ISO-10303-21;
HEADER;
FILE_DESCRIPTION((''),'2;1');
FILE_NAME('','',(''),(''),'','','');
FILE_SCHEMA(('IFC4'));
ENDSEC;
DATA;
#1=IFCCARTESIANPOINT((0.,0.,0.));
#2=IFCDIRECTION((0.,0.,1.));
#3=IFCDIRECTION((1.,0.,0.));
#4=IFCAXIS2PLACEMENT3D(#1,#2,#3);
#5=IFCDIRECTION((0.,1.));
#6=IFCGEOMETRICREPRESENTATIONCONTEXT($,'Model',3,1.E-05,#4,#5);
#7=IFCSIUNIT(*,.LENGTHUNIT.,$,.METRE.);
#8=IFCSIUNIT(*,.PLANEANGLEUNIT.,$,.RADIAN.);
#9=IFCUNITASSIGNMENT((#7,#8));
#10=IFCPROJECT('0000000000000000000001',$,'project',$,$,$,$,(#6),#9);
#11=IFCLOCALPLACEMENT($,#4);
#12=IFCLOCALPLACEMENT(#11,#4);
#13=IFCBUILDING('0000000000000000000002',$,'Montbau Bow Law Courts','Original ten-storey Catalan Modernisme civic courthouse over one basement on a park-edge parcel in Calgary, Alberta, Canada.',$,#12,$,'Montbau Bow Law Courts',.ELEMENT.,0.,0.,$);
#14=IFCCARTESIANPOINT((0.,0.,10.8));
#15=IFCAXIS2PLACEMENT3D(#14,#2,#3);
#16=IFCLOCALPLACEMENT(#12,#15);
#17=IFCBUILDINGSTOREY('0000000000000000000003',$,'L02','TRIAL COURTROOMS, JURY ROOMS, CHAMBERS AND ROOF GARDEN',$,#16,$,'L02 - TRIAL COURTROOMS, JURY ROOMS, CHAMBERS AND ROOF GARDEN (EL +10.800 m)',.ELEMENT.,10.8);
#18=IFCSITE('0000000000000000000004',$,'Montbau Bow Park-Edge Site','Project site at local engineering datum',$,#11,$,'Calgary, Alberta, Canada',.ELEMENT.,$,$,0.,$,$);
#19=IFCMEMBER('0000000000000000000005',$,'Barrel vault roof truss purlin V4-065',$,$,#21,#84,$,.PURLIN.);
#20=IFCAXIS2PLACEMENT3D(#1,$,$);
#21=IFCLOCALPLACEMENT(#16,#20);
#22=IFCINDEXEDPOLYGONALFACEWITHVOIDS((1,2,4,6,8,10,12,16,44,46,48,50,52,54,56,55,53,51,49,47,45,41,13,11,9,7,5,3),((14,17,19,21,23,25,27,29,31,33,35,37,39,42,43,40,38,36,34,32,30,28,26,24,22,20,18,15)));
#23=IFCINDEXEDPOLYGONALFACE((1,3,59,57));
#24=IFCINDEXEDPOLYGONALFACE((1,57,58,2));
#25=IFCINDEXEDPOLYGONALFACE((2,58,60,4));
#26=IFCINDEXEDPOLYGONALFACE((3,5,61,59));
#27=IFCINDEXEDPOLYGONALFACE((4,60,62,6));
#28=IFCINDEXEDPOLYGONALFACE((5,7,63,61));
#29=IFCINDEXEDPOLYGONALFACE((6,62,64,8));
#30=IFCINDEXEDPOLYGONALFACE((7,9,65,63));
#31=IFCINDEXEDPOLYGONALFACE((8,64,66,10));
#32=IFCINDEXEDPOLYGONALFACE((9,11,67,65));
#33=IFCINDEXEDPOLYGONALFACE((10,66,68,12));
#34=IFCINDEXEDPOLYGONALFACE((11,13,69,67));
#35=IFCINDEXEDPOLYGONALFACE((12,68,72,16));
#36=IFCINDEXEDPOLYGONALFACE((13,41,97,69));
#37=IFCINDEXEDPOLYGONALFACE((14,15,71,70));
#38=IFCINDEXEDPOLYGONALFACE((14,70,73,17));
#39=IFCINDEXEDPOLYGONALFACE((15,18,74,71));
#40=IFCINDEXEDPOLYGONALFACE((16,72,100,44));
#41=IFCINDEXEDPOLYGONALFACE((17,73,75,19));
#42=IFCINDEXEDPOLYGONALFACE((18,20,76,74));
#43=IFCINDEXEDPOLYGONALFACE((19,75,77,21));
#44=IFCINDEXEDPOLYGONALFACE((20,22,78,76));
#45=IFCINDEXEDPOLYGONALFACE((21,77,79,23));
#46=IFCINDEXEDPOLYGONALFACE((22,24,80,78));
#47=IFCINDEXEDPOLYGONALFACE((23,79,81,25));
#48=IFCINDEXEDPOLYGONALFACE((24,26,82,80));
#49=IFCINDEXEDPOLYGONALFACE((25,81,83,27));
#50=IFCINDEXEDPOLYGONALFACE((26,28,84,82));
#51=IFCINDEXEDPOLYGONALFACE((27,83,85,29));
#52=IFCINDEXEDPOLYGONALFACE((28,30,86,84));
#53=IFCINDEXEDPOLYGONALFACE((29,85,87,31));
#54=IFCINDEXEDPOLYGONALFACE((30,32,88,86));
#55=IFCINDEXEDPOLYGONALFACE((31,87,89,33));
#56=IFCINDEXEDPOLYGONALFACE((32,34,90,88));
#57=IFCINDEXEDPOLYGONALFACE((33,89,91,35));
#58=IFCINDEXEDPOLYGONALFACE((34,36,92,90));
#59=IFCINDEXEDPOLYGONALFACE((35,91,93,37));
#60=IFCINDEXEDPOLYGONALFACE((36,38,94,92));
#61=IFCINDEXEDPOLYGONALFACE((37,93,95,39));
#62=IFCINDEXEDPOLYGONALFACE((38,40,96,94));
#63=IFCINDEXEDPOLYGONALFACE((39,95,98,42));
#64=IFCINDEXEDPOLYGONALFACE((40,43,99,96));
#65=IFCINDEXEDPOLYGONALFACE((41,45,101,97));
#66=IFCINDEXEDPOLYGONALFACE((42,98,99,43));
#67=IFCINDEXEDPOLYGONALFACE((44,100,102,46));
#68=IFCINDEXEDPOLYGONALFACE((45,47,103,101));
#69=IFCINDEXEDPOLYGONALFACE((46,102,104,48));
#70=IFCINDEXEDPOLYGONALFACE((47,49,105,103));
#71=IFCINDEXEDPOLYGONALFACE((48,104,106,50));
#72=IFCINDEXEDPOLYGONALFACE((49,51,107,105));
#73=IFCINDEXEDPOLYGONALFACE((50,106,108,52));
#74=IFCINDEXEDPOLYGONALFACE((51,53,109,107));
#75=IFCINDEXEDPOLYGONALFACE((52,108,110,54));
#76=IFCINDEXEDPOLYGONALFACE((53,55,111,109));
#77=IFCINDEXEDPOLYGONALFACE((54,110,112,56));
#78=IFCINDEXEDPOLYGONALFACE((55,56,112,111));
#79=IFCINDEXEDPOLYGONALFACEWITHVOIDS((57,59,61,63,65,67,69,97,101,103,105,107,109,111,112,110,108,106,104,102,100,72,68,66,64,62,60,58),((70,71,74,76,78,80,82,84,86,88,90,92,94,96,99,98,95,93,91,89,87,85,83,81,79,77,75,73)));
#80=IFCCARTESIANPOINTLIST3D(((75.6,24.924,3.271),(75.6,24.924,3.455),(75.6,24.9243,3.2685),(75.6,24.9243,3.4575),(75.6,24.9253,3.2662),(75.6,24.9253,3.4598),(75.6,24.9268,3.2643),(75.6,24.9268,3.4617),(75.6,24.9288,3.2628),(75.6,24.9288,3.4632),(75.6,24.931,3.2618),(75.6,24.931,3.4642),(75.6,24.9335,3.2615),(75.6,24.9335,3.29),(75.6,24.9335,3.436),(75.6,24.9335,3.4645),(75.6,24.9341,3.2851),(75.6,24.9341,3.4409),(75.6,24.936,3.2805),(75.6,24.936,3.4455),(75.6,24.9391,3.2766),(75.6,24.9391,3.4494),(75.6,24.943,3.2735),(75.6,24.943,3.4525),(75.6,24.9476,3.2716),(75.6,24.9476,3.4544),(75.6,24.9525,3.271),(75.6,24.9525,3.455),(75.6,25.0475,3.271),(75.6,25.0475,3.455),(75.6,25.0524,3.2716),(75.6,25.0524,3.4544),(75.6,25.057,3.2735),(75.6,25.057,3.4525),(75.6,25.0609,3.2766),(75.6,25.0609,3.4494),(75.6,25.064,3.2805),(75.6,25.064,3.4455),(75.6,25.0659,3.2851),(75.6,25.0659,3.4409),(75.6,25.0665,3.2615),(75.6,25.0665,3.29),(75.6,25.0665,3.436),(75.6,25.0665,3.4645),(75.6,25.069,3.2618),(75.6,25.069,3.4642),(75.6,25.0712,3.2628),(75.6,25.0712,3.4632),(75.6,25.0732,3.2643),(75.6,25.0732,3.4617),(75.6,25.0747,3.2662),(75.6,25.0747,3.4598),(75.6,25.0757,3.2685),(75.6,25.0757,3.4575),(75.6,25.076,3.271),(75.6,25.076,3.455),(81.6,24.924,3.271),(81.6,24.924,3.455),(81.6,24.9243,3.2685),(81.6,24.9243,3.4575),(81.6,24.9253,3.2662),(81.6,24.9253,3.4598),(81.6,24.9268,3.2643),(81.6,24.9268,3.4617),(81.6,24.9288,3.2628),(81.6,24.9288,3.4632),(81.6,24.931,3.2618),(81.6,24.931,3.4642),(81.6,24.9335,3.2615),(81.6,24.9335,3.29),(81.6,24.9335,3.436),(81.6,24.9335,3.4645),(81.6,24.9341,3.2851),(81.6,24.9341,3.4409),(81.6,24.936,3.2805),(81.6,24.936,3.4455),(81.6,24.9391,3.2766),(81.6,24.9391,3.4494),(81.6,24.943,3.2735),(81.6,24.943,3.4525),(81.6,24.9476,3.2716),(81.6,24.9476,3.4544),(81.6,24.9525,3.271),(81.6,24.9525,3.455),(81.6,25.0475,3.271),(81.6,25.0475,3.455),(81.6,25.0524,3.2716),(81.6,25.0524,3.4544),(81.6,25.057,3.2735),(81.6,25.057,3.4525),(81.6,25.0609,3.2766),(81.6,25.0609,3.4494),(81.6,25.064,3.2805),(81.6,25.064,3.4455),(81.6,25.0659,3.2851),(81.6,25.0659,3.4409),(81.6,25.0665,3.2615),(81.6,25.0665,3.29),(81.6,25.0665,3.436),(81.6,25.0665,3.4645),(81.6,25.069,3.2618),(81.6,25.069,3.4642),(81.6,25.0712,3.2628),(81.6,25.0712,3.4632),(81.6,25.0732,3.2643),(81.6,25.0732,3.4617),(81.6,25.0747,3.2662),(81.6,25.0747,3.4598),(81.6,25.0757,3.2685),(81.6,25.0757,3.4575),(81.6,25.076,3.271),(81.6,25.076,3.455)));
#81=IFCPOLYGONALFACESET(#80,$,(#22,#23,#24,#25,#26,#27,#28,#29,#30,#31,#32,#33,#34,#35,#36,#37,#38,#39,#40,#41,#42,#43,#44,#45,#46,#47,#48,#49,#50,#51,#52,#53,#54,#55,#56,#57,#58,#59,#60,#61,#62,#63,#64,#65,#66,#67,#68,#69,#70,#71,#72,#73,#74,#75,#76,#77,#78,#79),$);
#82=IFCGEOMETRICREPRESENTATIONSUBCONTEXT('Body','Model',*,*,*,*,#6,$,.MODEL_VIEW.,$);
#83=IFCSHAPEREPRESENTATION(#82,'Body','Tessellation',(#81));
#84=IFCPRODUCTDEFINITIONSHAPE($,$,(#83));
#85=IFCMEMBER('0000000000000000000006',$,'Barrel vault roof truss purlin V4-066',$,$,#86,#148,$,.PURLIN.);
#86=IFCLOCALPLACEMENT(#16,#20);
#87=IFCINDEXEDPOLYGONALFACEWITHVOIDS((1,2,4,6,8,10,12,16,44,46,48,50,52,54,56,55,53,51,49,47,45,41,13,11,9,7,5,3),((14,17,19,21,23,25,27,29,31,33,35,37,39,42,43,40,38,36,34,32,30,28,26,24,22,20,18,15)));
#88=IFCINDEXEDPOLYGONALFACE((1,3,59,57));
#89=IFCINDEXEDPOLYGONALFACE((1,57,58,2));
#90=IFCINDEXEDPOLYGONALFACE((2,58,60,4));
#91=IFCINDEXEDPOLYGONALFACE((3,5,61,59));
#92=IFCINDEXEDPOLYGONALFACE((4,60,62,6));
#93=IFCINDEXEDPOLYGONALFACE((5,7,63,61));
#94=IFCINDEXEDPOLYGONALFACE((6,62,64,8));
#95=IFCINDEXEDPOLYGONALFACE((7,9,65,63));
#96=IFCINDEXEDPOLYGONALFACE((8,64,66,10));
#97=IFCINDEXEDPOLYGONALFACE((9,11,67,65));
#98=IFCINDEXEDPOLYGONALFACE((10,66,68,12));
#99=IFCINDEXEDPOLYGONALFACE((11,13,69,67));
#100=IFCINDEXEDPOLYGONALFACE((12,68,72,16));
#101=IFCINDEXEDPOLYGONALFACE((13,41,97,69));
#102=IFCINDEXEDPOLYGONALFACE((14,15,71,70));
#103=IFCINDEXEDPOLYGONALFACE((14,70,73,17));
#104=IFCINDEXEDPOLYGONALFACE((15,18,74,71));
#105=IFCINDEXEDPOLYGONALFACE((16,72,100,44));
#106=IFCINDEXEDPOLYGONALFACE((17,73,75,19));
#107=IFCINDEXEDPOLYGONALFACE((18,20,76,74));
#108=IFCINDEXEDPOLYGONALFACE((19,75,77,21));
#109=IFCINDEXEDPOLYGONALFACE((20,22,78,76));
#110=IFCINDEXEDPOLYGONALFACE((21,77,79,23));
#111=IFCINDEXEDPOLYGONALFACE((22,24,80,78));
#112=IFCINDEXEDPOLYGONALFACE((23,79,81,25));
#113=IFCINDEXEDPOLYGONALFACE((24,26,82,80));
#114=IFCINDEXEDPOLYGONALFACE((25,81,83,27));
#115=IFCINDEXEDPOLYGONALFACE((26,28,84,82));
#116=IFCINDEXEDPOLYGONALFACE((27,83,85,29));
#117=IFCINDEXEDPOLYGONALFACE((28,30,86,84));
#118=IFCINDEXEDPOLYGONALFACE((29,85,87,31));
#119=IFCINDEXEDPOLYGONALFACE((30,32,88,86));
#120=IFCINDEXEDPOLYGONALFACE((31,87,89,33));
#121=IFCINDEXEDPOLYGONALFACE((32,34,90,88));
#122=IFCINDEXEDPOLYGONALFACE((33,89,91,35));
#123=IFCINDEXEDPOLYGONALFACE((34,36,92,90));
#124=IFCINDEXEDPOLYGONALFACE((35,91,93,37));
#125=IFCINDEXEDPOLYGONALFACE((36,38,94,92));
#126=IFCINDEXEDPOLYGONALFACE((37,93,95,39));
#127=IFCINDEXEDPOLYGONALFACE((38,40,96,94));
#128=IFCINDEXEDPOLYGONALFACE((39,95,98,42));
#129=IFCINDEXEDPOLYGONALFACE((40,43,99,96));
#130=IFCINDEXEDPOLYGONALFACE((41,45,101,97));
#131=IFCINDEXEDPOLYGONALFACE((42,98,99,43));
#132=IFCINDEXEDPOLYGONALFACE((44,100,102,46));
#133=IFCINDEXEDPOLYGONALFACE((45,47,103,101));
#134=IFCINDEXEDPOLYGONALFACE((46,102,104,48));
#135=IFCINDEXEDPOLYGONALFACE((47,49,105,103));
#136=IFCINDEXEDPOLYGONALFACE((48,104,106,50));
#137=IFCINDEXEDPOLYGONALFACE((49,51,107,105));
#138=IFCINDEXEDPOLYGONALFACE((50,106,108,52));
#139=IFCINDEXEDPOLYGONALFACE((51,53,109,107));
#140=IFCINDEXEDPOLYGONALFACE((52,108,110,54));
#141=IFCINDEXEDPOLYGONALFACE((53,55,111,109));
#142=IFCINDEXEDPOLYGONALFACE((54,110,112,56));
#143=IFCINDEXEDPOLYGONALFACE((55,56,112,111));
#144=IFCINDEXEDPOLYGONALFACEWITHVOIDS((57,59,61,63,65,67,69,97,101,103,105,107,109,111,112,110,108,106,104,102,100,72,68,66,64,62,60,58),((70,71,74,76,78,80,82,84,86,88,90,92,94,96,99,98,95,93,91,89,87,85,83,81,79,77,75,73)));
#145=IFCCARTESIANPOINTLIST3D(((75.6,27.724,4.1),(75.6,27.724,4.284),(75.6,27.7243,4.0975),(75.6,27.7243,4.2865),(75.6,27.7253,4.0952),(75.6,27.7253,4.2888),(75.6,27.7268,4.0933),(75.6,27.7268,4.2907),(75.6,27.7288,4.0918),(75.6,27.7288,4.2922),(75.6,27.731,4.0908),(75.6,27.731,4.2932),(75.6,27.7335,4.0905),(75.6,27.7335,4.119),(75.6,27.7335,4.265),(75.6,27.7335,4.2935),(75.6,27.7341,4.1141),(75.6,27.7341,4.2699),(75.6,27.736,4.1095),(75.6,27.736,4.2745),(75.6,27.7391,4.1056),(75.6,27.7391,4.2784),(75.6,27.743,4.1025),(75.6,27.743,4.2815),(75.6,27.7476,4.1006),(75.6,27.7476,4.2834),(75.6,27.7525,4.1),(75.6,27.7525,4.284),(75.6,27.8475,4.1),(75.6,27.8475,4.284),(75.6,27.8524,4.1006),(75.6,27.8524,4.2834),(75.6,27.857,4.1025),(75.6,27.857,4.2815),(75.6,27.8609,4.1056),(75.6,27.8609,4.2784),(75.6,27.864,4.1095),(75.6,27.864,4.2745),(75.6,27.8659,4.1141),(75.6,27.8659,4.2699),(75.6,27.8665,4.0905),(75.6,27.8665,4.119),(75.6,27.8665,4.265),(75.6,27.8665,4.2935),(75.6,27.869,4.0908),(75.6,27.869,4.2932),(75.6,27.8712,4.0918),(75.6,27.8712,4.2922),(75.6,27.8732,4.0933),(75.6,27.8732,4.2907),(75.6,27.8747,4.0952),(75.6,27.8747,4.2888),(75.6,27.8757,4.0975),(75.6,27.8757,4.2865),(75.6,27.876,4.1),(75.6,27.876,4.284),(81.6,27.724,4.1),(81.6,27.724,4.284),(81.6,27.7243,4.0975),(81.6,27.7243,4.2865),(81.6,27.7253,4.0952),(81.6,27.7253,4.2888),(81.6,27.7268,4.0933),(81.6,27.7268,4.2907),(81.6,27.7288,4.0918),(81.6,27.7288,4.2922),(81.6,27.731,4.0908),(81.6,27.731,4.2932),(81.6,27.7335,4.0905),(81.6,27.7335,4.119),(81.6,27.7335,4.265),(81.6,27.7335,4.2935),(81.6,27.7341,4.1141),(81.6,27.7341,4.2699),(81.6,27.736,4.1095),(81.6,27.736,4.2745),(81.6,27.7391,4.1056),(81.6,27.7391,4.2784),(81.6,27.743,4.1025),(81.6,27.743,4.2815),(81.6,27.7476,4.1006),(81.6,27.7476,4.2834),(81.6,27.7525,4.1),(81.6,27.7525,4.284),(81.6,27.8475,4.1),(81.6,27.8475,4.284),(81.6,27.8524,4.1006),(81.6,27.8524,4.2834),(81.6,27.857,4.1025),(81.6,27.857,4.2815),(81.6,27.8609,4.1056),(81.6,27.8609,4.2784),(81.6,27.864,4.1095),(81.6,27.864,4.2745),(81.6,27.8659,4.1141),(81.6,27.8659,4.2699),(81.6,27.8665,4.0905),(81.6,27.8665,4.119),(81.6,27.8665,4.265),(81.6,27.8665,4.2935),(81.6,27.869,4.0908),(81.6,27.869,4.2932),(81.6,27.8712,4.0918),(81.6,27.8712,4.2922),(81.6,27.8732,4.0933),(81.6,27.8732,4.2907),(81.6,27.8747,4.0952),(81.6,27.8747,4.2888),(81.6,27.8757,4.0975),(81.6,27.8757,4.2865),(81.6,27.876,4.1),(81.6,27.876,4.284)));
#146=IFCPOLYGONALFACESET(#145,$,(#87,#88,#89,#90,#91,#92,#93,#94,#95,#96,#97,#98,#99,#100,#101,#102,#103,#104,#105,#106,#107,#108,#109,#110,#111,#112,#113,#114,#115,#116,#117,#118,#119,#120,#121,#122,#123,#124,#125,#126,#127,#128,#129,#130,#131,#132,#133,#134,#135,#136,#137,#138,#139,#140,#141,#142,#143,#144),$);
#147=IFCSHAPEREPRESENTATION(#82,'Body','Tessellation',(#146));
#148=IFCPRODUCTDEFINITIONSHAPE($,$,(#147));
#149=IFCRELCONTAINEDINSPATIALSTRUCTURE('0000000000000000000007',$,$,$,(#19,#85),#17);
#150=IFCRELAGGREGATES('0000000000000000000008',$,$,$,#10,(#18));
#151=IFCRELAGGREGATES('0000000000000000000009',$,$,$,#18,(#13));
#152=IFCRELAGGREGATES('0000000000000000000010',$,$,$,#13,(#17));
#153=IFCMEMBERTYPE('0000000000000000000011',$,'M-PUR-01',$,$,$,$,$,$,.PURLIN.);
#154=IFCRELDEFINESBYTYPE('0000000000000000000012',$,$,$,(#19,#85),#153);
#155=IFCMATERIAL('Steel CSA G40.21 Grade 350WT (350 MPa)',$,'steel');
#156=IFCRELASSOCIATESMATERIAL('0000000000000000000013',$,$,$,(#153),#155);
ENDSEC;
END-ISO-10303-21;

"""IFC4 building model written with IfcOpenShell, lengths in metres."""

from ifc_helpers import new_model, si_unit, direction, frame, origin_with_axes, origin_2d_with_axis, place, context, subcontext, project, spatial, hollow_rectangle, extrude, material, material_profile, profile_set, type_object, element, save


model = new_model("IFC4")

# Units and contexts
model_context = context("Model", 3, precision=1e-05, world=origin_with_axes(), true_north=direction((0.0, 1.0)))
body_context = subcontext(model_context, "Body", "Model", "MODEL_VIEW")
ifc_project = project(units=[si_unit("LENGTHUNIT", "METRE"), si_unit("PLANEANGLEUNIT", "RADIAN")], contexts=[model_context])

# Site, building, storey
site_placement = place(None, origin_with_axes())
site = spatial("IfcSite", under=ifc_project, at=site_placement, Name="Montbau Bow Park-Edge Site", Description="Project site at local engineering datum", LongName="Calgary, Alberta, Canada", CompositionType="ELEMENT", RefElevation=0.0)
building_placement = place(site_placement, origin_with_axes())
building = spatial("IfcBuilding", under=site, at=building_placement, Name="Montbau Bow Law Courts", Description="Original ten-storey Catalan Modernisme civic courthouse over one basement on a park-edge parcel in Calgary, Alberta, Canada.", LongName="Montbau Bow Law Courts", CompositionType="ELEMENT", ElevationOfRefHeight=0.0, ElevationOfTerrain=0.0)
storey_placement = place(building_placement, frame((0.0, 0.0, 10.8), z_axis=(0.0, 0.0, 1.0), x_axis=(1.0, 0.0, 0.0)))
storey = spatial("IfcBuildingStorey", under=building, at=storey_placement, Name="L02", Description="TRIAL COURTROOMS, JURY ROOMS, CHAMBERS AND ROOF GARDEN", LongName="L02 - TRIAL COURTROOMS, JURY ROOMS, CHAMBERS AND ROOF GARDEN (EL +10.800 m)", CompositionType="ELEMENT", Elevation=10.8)

# Shared definitions
ifc_material_1 = material(Name="Steel CSA G40.21 Grade 350WT (350 MPa)", Category="steel")

# Members
ifc_material_profile_1 = material_profile(ifc_material_1, hollow_rectangle(XDim=0.152, YDim=0.203, WallThickness=0.0095, InnerFilletRadius=0.019, OuterFilletRadius=0.0095, at=origin_2d_with_axis()), Name="HSS203X152X9.5", Category="Main", Priority=0)
ifc_profile_set_1 = profile_set([ifc_material_profile_1], Name="Steel CSA G40.21 Grade 350WT (350 MPa)")
member_type_1 = type_object("IfcMemberType", Name="M-PUR-01", PredefinedType="PURLIN", material=ifc_profile_set_1)
for number, where, z_axis, x_axis, name in (
    (1, (75.6, 25.0, 14.163), (1.0, 0.0, 0.0), (0.0, 1.0, 0.0), "Barrel vault roof truss purlin V4-065"),
    (2, (75.6, 27.8, 14.992), (1.0, 0.0, 0.0), (0.0, 1.0, 0.0), "Barrel vault roof truss purlin V4-066"),
):
    element("IfcMember", number, at=place(None, frame(where, z_axis=z_axis, x_axis=x_axis)), inside=storey, type_object=member_type_1, Name=name, PredefinedType="PURLIN", context=body_context, shape_type="SweptSolid", body=[
        extrude(hollow_rectangle(XDim=0.152, YDim=0.203, WallThickness=0.0095, InnerFilletRadius=0.019, OuterFilletRadius=0.0095, at=origin_2d_with_axis()), origin_with_axes(), (0.0, 0.0, 1.0), 6.0),
    ])

save(model, "model.ifc")
